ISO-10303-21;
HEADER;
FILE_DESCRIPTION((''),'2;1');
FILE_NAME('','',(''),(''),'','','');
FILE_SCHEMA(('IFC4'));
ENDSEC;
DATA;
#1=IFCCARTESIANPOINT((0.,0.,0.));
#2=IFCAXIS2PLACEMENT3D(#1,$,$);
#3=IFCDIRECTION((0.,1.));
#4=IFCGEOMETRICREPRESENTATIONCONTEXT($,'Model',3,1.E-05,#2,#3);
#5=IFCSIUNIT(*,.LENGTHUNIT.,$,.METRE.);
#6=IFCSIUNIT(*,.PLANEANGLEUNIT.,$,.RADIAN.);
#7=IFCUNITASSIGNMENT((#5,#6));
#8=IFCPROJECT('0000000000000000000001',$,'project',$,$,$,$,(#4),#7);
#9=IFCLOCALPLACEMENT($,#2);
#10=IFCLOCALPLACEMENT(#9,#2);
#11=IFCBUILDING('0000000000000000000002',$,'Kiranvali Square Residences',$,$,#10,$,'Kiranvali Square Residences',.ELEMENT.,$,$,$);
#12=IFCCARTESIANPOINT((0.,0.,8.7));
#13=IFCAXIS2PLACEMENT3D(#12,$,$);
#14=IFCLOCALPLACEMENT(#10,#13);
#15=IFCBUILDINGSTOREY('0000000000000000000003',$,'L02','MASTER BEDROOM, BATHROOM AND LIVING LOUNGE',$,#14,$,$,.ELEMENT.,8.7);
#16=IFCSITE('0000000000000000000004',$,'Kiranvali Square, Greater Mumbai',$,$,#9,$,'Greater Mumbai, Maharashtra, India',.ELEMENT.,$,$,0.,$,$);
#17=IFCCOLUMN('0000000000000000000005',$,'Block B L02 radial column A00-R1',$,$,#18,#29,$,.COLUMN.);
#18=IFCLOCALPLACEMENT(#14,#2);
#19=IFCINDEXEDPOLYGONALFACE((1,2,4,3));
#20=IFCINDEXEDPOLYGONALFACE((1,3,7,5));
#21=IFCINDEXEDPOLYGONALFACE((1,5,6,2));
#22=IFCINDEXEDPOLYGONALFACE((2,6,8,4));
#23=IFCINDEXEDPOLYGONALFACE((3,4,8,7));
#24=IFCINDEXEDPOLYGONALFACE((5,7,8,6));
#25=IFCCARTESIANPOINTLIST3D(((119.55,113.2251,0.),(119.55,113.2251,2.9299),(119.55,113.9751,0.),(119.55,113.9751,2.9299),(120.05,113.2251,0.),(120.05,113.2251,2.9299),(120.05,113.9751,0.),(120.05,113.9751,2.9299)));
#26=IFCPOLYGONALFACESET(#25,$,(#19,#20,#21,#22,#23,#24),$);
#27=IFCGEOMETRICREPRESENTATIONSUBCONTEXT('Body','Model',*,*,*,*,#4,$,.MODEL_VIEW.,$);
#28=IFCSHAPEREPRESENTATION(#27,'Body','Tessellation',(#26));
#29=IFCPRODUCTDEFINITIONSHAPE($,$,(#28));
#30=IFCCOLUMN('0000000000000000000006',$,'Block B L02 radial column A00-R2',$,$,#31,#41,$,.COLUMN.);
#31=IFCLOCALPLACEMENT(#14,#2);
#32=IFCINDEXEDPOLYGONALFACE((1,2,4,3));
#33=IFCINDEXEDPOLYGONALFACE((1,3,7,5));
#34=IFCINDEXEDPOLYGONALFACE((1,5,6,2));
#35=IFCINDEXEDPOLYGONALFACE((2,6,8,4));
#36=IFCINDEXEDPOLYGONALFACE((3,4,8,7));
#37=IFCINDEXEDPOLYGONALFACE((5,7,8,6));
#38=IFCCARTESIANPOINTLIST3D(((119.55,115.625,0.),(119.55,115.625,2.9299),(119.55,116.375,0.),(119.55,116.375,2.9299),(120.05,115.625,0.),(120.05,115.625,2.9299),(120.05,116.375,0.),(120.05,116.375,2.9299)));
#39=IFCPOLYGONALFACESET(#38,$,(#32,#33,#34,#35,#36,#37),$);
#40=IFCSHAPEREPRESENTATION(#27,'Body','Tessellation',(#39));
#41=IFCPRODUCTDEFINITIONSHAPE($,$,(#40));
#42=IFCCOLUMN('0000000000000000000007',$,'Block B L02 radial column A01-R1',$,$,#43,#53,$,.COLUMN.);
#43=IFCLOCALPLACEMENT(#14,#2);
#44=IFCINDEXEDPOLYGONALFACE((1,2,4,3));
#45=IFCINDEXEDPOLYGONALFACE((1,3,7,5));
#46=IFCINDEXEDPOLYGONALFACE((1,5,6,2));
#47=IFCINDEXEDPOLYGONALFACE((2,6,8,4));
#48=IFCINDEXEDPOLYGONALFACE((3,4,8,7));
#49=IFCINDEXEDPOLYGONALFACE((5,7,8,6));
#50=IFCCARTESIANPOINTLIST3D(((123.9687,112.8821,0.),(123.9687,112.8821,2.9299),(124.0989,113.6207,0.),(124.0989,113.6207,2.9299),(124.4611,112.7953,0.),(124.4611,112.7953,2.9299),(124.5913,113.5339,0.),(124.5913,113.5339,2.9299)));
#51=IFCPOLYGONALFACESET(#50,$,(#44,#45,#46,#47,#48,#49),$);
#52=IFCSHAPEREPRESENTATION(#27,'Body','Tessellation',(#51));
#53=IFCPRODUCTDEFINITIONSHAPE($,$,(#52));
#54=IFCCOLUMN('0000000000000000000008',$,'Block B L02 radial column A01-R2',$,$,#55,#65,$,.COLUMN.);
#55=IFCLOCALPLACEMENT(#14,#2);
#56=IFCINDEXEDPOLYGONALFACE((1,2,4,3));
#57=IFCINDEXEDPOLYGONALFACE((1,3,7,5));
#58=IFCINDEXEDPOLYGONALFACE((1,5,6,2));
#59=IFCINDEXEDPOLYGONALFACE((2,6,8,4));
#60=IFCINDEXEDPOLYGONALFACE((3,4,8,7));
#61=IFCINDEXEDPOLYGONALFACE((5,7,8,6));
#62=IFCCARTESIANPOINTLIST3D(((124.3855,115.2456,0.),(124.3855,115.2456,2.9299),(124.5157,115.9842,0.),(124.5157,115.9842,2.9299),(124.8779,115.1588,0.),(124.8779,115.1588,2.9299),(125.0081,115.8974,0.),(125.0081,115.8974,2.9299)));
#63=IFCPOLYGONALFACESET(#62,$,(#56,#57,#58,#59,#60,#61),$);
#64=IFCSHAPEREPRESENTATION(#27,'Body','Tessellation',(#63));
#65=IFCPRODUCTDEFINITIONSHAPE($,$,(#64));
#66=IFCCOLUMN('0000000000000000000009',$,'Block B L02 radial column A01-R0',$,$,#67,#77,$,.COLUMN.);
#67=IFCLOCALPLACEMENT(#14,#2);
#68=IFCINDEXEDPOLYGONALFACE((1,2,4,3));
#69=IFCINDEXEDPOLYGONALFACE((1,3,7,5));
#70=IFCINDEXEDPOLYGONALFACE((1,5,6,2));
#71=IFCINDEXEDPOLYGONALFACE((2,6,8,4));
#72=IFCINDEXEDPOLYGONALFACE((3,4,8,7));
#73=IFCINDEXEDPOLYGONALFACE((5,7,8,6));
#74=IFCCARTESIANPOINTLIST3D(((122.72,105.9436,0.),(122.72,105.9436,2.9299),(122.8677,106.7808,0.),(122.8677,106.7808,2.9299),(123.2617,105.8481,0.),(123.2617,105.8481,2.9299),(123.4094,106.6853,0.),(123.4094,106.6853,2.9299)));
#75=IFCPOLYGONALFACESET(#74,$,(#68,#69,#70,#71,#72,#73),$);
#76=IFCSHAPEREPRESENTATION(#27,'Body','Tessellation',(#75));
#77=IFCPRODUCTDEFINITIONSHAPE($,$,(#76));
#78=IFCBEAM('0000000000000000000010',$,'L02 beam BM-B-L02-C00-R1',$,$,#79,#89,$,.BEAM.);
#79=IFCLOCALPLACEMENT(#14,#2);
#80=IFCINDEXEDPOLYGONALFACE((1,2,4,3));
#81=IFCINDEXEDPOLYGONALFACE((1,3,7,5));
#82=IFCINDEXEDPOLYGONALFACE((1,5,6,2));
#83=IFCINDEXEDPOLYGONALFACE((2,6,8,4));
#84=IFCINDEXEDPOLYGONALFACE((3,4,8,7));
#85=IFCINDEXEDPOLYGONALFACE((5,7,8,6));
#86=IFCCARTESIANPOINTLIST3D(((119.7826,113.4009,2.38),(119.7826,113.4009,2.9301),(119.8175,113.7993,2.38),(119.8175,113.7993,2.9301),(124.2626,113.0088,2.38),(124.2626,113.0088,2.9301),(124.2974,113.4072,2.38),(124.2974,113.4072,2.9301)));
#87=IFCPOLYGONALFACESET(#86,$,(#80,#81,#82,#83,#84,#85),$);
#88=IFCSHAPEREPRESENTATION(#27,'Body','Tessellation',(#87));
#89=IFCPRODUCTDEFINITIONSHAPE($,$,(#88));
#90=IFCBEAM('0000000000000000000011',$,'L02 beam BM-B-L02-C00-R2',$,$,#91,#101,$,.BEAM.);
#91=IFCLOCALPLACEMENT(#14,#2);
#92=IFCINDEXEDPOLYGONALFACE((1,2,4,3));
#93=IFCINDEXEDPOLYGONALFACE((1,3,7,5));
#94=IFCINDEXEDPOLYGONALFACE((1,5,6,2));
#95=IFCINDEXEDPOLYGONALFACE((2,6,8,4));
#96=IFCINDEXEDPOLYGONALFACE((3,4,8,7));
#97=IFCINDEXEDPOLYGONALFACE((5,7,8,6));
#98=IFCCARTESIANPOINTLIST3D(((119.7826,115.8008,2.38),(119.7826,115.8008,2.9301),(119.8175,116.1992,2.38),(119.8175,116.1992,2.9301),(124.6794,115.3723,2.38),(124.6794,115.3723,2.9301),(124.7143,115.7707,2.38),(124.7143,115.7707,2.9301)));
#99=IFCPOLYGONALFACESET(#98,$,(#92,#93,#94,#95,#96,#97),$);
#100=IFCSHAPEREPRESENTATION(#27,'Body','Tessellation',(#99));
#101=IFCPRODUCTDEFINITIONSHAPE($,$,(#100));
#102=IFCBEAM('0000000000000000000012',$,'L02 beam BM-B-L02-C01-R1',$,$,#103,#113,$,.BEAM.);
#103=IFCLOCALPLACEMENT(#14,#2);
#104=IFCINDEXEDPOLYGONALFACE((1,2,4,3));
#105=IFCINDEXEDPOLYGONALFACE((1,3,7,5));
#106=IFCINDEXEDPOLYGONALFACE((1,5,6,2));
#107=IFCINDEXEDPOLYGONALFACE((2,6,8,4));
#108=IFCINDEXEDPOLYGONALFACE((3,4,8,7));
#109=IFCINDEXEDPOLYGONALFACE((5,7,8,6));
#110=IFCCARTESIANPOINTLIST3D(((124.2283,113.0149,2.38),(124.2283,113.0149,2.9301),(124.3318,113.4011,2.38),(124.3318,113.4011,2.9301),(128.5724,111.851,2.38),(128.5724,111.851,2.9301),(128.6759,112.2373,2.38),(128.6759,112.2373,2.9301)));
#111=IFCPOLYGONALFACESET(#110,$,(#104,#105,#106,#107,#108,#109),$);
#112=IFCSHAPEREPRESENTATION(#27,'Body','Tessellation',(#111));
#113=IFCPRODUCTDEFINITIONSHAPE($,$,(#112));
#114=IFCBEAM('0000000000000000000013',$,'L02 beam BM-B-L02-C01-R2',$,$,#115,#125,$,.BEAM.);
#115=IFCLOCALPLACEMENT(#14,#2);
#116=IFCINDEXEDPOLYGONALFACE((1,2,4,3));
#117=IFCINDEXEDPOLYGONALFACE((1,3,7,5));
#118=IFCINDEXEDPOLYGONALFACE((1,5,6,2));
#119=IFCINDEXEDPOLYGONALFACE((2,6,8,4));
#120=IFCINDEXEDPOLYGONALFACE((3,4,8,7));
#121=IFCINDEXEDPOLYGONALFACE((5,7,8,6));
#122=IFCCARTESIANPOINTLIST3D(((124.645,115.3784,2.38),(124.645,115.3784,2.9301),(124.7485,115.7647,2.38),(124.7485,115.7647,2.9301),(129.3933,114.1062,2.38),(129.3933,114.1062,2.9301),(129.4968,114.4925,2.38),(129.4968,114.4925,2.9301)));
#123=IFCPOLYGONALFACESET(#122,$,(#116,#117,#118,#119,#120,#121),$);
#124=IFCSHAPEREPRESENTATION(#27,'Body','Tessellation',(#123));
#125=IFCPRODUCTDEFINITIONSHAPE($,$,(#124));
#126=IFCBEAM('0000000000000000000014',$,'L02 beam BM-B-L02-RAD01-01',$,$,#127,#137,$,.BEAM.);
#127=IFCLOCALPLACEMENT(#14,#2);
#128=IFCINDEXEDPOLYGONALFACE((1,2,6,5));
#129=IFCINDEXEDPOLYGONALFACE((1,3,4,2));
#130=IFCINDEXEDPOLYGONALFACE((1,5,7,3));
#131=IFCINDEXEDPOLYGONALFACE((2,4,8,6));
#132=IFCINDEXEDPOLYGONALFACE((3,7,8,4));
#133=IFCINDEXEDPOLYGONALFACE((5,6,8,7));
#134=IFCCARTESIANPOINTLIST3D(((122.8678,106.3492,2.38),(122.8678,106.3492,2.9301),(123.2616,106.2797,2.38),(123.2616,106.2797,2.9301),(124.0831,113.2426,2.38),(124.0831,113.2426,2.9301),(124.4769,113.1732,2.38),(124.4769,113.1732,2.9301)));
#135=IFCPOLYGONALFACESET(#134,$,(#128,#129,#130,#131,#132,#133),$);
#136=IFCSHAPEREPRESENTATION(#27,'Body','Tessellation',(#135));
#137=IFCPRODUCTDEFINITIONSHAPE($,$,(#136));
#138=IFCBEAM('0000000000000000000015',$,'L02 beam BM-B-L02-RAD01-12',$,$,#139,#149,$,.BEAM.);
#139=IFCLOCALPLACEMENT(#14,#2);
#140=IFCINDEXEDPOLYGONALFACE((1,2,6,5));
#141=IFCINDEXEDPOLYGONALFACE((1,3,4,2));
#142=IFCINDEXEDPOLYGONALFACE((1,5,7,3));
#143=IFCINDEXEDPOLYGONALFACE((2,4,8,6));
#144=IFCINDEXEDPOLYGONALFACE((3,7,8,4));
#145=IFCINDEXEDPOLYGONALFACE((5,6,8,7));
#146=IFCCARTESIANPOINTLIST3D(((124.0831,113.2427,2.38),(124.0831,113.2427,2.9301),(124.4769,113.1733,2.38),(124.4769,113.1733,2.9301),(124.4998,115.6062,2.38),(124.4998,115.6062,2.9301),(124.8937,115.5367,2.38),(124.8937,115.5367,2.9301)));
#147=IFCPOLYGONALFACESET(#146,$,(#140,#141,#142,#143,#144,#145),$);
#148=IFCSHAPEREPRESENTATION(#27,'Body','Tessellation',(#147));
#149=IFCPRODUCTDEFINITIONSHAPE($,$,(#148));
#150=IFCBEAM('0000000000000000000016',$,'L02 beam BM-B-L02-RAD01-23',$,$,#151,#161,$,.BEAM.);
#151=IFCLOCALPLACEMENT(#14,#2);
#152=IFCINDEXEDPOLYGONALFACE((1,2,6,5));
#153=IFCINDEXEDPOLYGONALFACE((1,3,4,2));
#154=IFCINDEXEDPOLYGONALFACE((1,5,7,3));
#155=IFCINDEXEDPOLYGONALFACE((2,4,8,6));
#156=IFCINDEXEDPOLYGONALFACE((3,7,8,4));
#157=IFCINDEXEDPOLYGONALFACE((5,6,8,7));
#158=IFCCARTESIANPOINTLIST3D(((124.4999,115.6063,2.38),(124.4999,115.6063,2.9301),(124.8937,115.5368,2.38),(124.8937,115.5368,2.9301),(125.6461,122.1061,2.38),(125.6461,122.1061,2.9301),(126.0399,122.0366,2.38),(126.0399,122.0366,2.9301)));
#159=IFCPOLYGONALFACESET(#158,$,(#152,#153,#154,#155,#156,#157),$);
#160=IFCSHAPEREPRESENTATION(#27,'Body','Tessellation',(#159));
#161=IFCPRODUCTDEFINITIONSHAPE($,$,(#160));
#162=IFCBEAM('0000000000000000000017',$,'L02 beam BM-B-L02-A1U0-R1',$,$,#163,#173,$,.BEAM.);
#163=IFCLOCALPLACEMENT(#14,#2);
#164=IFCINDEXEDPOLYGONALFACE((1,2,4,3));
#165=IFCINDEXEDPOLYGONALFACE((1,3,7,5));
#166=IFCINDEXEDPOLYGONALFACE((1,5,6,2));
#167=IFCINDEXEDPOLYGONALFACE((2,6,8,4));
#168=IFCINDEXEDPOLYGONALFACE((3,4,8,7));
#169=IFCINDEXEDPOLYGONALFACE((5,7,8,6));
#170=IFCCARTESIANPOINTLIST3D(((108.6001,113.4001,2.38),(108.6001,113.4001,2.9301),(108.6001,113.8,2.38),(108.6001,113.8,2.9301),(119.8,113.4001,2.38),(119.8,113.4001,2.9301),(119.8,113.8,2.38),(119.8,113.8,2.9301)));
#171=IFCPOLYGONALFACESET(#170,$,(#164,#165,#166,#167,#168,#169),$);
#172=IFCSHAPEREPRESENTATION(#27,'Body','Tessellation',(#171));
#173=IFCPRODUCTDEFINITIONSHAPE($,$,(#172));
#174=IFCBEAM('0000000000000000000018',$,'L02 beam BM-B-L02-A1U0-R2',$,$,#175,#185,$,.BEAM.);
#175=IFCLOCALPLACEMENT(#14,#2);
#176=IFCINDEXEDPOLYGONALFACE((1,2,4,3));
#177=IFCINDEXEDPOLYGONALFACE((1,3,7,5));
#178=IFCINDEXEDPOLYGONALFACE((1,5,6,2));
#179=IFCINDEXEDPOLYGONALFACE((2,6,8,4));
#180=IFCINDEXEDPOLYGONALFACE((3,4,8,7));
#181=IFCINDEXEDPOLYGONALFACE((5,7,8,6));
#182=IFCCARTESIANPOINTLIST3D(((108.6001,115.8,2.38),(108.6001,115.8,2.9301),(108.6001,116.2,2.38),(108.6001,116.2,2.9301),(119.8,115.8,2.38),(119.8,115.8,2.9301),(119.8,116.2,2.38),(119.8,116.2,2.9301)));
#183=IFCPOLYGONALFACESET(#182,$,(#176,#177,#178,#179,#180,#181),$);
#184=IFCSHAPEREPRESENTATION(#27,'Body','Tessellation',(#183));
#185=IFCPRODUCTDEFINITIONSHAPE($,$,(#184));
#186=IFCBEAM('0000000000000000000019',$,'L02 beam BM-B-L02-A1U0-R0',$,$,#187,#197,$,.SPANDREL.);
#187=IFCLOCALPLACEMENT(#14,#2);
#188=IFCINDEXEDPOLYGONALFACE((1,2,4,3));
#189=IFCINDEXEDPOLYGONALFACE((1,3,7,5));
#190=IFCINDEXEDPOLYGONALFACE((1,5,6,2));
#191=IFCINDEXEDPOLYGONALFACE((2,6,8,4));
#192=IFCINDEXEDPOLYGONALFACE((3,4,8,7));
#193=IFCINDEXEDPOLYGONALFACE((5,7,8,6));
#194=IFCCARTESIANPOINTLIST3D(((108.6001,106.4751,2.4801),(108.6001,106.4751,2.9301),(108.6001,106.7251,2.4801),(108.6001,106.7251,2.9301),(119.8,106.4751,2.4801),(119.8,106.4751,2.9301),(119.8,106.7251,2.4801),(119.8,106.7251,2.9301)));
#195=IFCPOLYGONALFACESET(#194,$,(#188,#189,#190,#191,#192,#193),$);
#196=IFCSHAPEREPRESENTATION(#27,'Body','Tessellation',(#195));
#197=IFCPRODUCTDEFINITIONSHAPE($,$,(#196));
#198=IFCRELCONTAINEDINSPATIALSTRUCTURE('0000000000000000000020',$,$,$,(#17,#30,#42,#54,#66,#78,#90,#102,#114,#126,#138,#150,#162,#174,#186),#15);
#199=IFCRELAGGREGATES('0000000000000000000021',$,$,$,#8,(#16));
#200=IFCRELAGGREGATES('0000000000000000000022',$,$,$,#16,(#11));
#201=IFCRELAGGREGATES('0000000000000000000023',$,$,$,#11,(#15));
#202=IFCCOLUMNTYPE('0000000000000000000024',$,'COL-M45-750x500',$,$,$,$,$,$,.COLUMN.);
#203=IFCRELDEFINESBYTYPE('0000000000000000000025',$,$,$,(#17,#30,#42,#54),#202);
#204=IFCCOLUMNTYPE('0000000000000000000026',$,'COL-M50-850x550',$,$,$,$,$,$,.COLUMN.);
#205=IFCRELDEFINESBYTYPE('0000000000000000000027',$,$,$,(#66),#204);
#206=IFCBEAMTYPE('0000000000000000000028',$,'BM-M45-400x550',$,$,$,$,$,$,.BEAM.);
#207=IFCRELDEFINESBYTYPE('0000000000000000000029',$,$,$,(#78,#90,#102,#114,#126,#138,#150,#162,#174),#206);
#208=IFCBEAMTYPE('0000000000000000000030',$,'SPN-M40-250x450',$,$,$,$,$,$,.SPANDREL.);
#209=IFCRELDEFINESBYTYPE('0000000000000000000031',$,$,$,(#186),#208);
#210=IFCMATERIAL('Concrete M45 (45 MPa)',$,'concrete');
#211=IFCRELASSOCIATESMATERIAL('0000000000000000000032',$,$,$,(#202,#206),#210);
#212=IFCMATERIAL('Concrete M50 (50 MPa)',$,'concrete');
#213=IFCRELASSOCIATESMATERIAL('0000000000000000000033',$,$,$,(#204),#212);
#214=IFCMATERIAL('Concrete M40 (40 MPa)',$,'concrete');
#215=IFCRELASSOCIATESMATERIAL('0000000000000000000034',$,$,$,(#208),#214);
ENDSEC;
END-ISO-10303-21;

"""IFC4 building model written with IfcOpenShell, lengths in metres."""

from ifc_helpers import new_model, si_unit, direction, frame, origin, origin_2d, place, context, subcontext, project, spatial, rectangle, extrude, material, material_profile, profile_set, type_object, element, save


model = new_model("IFC4")

# Units and contexts
model_context = context("Model", 3, precision=1e-05, world=origin(), true_north=direction((0.0, 1.0)))
body_context = subcontext(model_context, "Body", "Model", "MODEL_VIEW")
ifc_project = project(units=[si_unit("LENGTHUNIT", "METRE"), si_unit("PLANEANGLEUNIT", "RADIAN")], contexts=[model_context])

# Site, building, storey
site_placement = place(None, origin())
site = spatial("IfcSite", under=ifc_project, at=site_placement, Name="Kiranvali Square, Greater Mumbai", LongName="Greater Mumbai, Maharashtra, India", CompositionType="ELEMENT", RefElevation=0.0)
building_placement = place(site_placement, origin())
building = spatial("IfcBuilding", under=site, at=building_placement, Name="Kiranvali Square Residences", LongName="Kiranvali Square Residences", CompositionType="ELEMENT")
storey_placement = place(building_placement, frame((0.0, 0.0, 8.7)))
storey = spatial("IfcBuildingStorey", under=building, at=storey_placement, Name="L02", Description="MASTER BEDROOM, BATHROOM AND LIVING LOUNGE", CompositionType="ELEMENT", Elevation=8.7)

# Columns
ifc_material_1 = material(Name="Concrete M45 (45 MPa)", Category="concrete")
ifc_material_profile_1 = material_profile(ifc_material_1, rectangle(XDim=0.5, YDim=0.75, at=origin_2d()), Name="RC 750x500")
ifc_profile_set_1 = profile_set([ifc_material_profile_1], Name="Concrete M45 (45 MPa)")
column_type_1 = type_object("IfcColumnType", Name="COL-M45-750x500", PredefinedType="COLUMN", material=ifc_profile_set_1)
for number, where, z_axis, x_axis, name in (
    (1, (119.8, 113.6001, 0.0), (0.0, 0.0, 1.0), (1.0, 0.0, 0.0), "Block B L02 radial column A00-R1"),
    (2, (119.8, 116.0, 0.0), (0.0, 0.0, 1.0), (1.0, 0.0, 0.0), "Block B L02 radial column A00-R2"),
    (3, (124.28, 113.208, 0.0), (0.0, 0.0, 1.0), (-0.984808, 0.173648, 0.0), "Block B L02 radial column A01-R1"),
    (4, (124.6968, 115.5715, 0.0), (0.0, 0.0, 1.0), (-0.984808, 0.173648, 0.0), "Block B L02 radial column A01-R2"),
):
    element("IfcColumn", number, at=place(storey_placement, frame(where, z_axis=z_axis, x_axis=x_axis)), inside=storey, type_object=column_type_1, Name=name, PredefinedType="COLUMN", context=body_context, shape_type="SweptSolid", body=[
        extrude(rectangle(XDim=0.5, YDim=0.75, at=origin_2d()), origin(), (0.0, 0.0, 1.0), 2.9299),
    ])
ifc_material_2 = material(Name="Concrete M50 (50 MPa)", Category="concrete")
ifc_material_profile_2 = material_profile(ifc_material_2, rectangle(XDim=0.55, YDim=0.8501, at=origin_2d()), Name="RC 850x550")
ifc_profile_set_2 = profile_set([ifc_material_profile_2], Name="Concrete M50 (50 MPa)")
column_type_2 = type_object("IfcColumnType", Name="COL-M50-850x550", PredefinedType="COLUMN", material=ifc_profile_set_2)
column_placement = place(storey_placement, frame((123.0647, 106.3145, 0.0), z_axis=(0.0, 0.0, 1.0), x_axis=(-0.984808, 0.173648, 0.0)))
element("IfcColumn", 5, at=column_placement, inside=storey, type_object=column_type_2, Name="Block B L02 radial column A01-R0", PredefinedType="COLUMN", context=body_context, shape_type="SweptSolid", body=[
    extrude(rectangle(XDim=0.55, YDim=0.8501, at=origin_2d()), origin(), (0.0, 0.0, 1.0), 2.9299),
])

# Beams
ifc_material_profile_3 = material_profile(ifc_material_1, rectangle(XDim=0.3999, YDim=0.55, at=origin_2d()), Name="RC 400x550")
ifc_profile_set_3 = profile_set([ifc_material_profile_3], Name="Concrete M45 (45 MPa)")
beam_type_1 = type_object("IfcBeamType", Name="BM-M45-400x550", PredefinedType="BEAM", material=ifc_profile_set_3)
beam_1_placement = place(storey_placement, frame((119.8, 113.6001, 2.655), z_axis=(0.996192, -0.087187, 0.0), x_axis=(0.087187, 0.996192, 0.0)))
element("IfcBeam", 6, at=beam_1_placement, inside=storey, type_object=beam_type_1, Name="L02 beam BM-B-L02-C00-R1", PredefinedType="BEAM", context=body_context, shape_type="SweptSolid", body=[
    extrude(rectangle(XDim=0.3999, YDim=0.55, at=origin_2d()), origin(), (0.0, 0.0, 1.0), 4.4971),
])
beam_2_placement = place(storey_placement, frame((119.8, 116.0, 2.655), z_axis=(0.996194, -0.087168, 0.0), x_axis=(0.087168, 0.996194, 0.0)))
element("IfcBeam", 7, at=beam_2_placement, inside=storey, type_object=beam_type_1, Name="L02 beam BM-B-L02-C00-R2", PredefinedType="BEAM", context=body_context, shape_type="SweptSolid", body=[
    extrude(rectangle(XDim=0.3999, YDim=0.55, at=origin_2d()), origin(), (0.0, 0.0, 1.0), 4.9155),
])
beam_3_placement = place(storey_placement, frame((124.28, 113.208, 2.655), z_axis=(0.965934, -0.258788, 0.0), x_axis=(0.258788, 0.965934, 0.0)))
element("IfcBeam", 8, at=beam_3_placement, inside=storey, type_object=beam_type_1, Name="L02 beam BM-B-L02-C01-R1", PredefinedType="BEAM", context=body_context, shape_type="SweptSolid", body=[
    extrude(rectangle(XDim=0.3999, YDim=0.55, at=origin_2d()), origin(), (0.0, 0.0, 1.0), 4.4973),
])
beam_4_placement = place(storey_placement, frame((124.6968, 115.5715, 2.655), z_axis=(0.96593, -0.258803, 0.0), x_axis=(0.258803, 0.96593, 0.0)))
element("IfcBeam", 9, at=beam_4_placement, inside=storey, type_object=beam_type_1, Name="L02 beam BM-B-L02-C01-R2", PredefinedType="BEAM", context=body_context, shape_type="SweptSolid", body=[
    extrude(rectangle(XDim=0.3999, YDim=0.55, at=origin_2d()), origin(), (0.0, 0.0, 1.0), 4.9158),
])
beam_5_placement = place(storey_placement, frame((123.0647, 106.3145, 2.655), z_axis=(0.173622, 0.984812, 0.0), x_axis=(-0.984812, 0.173622, 0.0)))
element("IfcBeam", 10, at=beam_5_placement, inside=storey, type_object=beam_type_1, Name="L02 beam BM-B-L02-RAD01-01", PredefinedType="BEAM", context=body_context, shape_type="SweptSolid", body=[
    extrude(rectangle(XDim=0.3999, YDim=0.55, at=origin_2d()), origin(), (0.0, 0.0, 1.0), 6.9998),
])
beam_6_placement = place(storey_placement, frame((124.28, 113.208, 2.655), z_axis=(0.173646, 0.984808, 0.0), x_axis=(-0.984808, 0.173646, 0.0)))
element("IfcBeam", 11, at=beam_6_placement, inside=storey, type_object=beam_type_1, Name="L02 beam BM-B-L02-RAD01-12", PredefinedType="BEAM", context=body_context, shape_type="SweptSolid", body=[
    extrude(rectangle(XDim=0.3999, YDim=0.55, at=origin_2d()), origin(), (0.0, 0.0, 1.0), 2.3999),
])
beam_7_placement = place(storey_placement, frame((124.6968, 115.5715, 2.655), z_axis=(0.173671, 0.984804, 0.0), x_axis=(-0.984804, 0.173671, 0.0)))
element("IfcBeam", 12, at=beam_7_placement, inside=storey, type_object=beam_type_1, Name="L02 beam BM-B-L02-RAD01-23", PredefinedType="BEAM", context=body_context, shape_type="SweptSolid", body=[
    extrude(rectangle(XDim=0.3999, YDim=0.55, at=origin_2d()), origin(), (0.0, 0.0, 1.0), 6.6001),
])
for number, where, z_axis, x_axis, name in (
    (13, (119.8, 113.6001, 2.655), (-1.0, 0.0, 0.0), (0.0, -1.0, 0.0), "L02 beam BM-B-L02-A1U0-R1"),
    (14, (119.8, 116.0, 2.655), (-1.0, 0.0, 0.0), (0.0, -1.0, 0.0), "L02 beam BM-B-L02-A1U0-R2"),
):
    element("IfcBeam", number, at=place(storey_placement, frame(where, z_axis=z_axis, x_axis=x_axis)), inside=storey, type_object=beam_type_1, Name=name, PredefinedType="BEAM", context=body_context, shape_type="SweptSolid", body=[
        extrude(rectangle(XDim=0.3999, YDim=0.55, at=origin_2d()), origin(), (0.0, 0.0, 1.0), 11.2),
    ])
ifc_material_3 = material(Name="Concrete M40 (40 MPa)", Category="concrete")
ifc_material_profile_4 = material_profile(ifc_material_3, rectangle(XDim=0.25, YDim=0.45, at=origin_2d()), Name="RC 250x450")
ifc_profile_set_4 = profile_set([ifc_material_profile_4], Name="Concrete M40 (40 MPa)")
beam_type_2 = type_object("IfcBeamType", Name="SPN-M40-250x450", PredefinedType="SPANDREL", material=ifc_profile_set_4)
beam_8_placement = place(storey_placement, frame((119.8, 106.6001, 2.7051), z_axis=(-1.0, 0.0, 0.0), x_axis=(0.0, -1.0, 0.0)))
element("IfcBeam", 15, at=beam_8_placement, inside=storey, type_object=beam_type_2, Name="L02 beam BM-B-L02-A1U0-R0", PredefinedType="SPANDREL", context=body_context, shape_type="SweptSolid", body=[
    extrude(rectangle(XDim=0.25, YDim=0.45, at=origin_2d()), origin(), (0.0, 0.0, 1.0), 11.2),
])

save(model, "model.ifc")
